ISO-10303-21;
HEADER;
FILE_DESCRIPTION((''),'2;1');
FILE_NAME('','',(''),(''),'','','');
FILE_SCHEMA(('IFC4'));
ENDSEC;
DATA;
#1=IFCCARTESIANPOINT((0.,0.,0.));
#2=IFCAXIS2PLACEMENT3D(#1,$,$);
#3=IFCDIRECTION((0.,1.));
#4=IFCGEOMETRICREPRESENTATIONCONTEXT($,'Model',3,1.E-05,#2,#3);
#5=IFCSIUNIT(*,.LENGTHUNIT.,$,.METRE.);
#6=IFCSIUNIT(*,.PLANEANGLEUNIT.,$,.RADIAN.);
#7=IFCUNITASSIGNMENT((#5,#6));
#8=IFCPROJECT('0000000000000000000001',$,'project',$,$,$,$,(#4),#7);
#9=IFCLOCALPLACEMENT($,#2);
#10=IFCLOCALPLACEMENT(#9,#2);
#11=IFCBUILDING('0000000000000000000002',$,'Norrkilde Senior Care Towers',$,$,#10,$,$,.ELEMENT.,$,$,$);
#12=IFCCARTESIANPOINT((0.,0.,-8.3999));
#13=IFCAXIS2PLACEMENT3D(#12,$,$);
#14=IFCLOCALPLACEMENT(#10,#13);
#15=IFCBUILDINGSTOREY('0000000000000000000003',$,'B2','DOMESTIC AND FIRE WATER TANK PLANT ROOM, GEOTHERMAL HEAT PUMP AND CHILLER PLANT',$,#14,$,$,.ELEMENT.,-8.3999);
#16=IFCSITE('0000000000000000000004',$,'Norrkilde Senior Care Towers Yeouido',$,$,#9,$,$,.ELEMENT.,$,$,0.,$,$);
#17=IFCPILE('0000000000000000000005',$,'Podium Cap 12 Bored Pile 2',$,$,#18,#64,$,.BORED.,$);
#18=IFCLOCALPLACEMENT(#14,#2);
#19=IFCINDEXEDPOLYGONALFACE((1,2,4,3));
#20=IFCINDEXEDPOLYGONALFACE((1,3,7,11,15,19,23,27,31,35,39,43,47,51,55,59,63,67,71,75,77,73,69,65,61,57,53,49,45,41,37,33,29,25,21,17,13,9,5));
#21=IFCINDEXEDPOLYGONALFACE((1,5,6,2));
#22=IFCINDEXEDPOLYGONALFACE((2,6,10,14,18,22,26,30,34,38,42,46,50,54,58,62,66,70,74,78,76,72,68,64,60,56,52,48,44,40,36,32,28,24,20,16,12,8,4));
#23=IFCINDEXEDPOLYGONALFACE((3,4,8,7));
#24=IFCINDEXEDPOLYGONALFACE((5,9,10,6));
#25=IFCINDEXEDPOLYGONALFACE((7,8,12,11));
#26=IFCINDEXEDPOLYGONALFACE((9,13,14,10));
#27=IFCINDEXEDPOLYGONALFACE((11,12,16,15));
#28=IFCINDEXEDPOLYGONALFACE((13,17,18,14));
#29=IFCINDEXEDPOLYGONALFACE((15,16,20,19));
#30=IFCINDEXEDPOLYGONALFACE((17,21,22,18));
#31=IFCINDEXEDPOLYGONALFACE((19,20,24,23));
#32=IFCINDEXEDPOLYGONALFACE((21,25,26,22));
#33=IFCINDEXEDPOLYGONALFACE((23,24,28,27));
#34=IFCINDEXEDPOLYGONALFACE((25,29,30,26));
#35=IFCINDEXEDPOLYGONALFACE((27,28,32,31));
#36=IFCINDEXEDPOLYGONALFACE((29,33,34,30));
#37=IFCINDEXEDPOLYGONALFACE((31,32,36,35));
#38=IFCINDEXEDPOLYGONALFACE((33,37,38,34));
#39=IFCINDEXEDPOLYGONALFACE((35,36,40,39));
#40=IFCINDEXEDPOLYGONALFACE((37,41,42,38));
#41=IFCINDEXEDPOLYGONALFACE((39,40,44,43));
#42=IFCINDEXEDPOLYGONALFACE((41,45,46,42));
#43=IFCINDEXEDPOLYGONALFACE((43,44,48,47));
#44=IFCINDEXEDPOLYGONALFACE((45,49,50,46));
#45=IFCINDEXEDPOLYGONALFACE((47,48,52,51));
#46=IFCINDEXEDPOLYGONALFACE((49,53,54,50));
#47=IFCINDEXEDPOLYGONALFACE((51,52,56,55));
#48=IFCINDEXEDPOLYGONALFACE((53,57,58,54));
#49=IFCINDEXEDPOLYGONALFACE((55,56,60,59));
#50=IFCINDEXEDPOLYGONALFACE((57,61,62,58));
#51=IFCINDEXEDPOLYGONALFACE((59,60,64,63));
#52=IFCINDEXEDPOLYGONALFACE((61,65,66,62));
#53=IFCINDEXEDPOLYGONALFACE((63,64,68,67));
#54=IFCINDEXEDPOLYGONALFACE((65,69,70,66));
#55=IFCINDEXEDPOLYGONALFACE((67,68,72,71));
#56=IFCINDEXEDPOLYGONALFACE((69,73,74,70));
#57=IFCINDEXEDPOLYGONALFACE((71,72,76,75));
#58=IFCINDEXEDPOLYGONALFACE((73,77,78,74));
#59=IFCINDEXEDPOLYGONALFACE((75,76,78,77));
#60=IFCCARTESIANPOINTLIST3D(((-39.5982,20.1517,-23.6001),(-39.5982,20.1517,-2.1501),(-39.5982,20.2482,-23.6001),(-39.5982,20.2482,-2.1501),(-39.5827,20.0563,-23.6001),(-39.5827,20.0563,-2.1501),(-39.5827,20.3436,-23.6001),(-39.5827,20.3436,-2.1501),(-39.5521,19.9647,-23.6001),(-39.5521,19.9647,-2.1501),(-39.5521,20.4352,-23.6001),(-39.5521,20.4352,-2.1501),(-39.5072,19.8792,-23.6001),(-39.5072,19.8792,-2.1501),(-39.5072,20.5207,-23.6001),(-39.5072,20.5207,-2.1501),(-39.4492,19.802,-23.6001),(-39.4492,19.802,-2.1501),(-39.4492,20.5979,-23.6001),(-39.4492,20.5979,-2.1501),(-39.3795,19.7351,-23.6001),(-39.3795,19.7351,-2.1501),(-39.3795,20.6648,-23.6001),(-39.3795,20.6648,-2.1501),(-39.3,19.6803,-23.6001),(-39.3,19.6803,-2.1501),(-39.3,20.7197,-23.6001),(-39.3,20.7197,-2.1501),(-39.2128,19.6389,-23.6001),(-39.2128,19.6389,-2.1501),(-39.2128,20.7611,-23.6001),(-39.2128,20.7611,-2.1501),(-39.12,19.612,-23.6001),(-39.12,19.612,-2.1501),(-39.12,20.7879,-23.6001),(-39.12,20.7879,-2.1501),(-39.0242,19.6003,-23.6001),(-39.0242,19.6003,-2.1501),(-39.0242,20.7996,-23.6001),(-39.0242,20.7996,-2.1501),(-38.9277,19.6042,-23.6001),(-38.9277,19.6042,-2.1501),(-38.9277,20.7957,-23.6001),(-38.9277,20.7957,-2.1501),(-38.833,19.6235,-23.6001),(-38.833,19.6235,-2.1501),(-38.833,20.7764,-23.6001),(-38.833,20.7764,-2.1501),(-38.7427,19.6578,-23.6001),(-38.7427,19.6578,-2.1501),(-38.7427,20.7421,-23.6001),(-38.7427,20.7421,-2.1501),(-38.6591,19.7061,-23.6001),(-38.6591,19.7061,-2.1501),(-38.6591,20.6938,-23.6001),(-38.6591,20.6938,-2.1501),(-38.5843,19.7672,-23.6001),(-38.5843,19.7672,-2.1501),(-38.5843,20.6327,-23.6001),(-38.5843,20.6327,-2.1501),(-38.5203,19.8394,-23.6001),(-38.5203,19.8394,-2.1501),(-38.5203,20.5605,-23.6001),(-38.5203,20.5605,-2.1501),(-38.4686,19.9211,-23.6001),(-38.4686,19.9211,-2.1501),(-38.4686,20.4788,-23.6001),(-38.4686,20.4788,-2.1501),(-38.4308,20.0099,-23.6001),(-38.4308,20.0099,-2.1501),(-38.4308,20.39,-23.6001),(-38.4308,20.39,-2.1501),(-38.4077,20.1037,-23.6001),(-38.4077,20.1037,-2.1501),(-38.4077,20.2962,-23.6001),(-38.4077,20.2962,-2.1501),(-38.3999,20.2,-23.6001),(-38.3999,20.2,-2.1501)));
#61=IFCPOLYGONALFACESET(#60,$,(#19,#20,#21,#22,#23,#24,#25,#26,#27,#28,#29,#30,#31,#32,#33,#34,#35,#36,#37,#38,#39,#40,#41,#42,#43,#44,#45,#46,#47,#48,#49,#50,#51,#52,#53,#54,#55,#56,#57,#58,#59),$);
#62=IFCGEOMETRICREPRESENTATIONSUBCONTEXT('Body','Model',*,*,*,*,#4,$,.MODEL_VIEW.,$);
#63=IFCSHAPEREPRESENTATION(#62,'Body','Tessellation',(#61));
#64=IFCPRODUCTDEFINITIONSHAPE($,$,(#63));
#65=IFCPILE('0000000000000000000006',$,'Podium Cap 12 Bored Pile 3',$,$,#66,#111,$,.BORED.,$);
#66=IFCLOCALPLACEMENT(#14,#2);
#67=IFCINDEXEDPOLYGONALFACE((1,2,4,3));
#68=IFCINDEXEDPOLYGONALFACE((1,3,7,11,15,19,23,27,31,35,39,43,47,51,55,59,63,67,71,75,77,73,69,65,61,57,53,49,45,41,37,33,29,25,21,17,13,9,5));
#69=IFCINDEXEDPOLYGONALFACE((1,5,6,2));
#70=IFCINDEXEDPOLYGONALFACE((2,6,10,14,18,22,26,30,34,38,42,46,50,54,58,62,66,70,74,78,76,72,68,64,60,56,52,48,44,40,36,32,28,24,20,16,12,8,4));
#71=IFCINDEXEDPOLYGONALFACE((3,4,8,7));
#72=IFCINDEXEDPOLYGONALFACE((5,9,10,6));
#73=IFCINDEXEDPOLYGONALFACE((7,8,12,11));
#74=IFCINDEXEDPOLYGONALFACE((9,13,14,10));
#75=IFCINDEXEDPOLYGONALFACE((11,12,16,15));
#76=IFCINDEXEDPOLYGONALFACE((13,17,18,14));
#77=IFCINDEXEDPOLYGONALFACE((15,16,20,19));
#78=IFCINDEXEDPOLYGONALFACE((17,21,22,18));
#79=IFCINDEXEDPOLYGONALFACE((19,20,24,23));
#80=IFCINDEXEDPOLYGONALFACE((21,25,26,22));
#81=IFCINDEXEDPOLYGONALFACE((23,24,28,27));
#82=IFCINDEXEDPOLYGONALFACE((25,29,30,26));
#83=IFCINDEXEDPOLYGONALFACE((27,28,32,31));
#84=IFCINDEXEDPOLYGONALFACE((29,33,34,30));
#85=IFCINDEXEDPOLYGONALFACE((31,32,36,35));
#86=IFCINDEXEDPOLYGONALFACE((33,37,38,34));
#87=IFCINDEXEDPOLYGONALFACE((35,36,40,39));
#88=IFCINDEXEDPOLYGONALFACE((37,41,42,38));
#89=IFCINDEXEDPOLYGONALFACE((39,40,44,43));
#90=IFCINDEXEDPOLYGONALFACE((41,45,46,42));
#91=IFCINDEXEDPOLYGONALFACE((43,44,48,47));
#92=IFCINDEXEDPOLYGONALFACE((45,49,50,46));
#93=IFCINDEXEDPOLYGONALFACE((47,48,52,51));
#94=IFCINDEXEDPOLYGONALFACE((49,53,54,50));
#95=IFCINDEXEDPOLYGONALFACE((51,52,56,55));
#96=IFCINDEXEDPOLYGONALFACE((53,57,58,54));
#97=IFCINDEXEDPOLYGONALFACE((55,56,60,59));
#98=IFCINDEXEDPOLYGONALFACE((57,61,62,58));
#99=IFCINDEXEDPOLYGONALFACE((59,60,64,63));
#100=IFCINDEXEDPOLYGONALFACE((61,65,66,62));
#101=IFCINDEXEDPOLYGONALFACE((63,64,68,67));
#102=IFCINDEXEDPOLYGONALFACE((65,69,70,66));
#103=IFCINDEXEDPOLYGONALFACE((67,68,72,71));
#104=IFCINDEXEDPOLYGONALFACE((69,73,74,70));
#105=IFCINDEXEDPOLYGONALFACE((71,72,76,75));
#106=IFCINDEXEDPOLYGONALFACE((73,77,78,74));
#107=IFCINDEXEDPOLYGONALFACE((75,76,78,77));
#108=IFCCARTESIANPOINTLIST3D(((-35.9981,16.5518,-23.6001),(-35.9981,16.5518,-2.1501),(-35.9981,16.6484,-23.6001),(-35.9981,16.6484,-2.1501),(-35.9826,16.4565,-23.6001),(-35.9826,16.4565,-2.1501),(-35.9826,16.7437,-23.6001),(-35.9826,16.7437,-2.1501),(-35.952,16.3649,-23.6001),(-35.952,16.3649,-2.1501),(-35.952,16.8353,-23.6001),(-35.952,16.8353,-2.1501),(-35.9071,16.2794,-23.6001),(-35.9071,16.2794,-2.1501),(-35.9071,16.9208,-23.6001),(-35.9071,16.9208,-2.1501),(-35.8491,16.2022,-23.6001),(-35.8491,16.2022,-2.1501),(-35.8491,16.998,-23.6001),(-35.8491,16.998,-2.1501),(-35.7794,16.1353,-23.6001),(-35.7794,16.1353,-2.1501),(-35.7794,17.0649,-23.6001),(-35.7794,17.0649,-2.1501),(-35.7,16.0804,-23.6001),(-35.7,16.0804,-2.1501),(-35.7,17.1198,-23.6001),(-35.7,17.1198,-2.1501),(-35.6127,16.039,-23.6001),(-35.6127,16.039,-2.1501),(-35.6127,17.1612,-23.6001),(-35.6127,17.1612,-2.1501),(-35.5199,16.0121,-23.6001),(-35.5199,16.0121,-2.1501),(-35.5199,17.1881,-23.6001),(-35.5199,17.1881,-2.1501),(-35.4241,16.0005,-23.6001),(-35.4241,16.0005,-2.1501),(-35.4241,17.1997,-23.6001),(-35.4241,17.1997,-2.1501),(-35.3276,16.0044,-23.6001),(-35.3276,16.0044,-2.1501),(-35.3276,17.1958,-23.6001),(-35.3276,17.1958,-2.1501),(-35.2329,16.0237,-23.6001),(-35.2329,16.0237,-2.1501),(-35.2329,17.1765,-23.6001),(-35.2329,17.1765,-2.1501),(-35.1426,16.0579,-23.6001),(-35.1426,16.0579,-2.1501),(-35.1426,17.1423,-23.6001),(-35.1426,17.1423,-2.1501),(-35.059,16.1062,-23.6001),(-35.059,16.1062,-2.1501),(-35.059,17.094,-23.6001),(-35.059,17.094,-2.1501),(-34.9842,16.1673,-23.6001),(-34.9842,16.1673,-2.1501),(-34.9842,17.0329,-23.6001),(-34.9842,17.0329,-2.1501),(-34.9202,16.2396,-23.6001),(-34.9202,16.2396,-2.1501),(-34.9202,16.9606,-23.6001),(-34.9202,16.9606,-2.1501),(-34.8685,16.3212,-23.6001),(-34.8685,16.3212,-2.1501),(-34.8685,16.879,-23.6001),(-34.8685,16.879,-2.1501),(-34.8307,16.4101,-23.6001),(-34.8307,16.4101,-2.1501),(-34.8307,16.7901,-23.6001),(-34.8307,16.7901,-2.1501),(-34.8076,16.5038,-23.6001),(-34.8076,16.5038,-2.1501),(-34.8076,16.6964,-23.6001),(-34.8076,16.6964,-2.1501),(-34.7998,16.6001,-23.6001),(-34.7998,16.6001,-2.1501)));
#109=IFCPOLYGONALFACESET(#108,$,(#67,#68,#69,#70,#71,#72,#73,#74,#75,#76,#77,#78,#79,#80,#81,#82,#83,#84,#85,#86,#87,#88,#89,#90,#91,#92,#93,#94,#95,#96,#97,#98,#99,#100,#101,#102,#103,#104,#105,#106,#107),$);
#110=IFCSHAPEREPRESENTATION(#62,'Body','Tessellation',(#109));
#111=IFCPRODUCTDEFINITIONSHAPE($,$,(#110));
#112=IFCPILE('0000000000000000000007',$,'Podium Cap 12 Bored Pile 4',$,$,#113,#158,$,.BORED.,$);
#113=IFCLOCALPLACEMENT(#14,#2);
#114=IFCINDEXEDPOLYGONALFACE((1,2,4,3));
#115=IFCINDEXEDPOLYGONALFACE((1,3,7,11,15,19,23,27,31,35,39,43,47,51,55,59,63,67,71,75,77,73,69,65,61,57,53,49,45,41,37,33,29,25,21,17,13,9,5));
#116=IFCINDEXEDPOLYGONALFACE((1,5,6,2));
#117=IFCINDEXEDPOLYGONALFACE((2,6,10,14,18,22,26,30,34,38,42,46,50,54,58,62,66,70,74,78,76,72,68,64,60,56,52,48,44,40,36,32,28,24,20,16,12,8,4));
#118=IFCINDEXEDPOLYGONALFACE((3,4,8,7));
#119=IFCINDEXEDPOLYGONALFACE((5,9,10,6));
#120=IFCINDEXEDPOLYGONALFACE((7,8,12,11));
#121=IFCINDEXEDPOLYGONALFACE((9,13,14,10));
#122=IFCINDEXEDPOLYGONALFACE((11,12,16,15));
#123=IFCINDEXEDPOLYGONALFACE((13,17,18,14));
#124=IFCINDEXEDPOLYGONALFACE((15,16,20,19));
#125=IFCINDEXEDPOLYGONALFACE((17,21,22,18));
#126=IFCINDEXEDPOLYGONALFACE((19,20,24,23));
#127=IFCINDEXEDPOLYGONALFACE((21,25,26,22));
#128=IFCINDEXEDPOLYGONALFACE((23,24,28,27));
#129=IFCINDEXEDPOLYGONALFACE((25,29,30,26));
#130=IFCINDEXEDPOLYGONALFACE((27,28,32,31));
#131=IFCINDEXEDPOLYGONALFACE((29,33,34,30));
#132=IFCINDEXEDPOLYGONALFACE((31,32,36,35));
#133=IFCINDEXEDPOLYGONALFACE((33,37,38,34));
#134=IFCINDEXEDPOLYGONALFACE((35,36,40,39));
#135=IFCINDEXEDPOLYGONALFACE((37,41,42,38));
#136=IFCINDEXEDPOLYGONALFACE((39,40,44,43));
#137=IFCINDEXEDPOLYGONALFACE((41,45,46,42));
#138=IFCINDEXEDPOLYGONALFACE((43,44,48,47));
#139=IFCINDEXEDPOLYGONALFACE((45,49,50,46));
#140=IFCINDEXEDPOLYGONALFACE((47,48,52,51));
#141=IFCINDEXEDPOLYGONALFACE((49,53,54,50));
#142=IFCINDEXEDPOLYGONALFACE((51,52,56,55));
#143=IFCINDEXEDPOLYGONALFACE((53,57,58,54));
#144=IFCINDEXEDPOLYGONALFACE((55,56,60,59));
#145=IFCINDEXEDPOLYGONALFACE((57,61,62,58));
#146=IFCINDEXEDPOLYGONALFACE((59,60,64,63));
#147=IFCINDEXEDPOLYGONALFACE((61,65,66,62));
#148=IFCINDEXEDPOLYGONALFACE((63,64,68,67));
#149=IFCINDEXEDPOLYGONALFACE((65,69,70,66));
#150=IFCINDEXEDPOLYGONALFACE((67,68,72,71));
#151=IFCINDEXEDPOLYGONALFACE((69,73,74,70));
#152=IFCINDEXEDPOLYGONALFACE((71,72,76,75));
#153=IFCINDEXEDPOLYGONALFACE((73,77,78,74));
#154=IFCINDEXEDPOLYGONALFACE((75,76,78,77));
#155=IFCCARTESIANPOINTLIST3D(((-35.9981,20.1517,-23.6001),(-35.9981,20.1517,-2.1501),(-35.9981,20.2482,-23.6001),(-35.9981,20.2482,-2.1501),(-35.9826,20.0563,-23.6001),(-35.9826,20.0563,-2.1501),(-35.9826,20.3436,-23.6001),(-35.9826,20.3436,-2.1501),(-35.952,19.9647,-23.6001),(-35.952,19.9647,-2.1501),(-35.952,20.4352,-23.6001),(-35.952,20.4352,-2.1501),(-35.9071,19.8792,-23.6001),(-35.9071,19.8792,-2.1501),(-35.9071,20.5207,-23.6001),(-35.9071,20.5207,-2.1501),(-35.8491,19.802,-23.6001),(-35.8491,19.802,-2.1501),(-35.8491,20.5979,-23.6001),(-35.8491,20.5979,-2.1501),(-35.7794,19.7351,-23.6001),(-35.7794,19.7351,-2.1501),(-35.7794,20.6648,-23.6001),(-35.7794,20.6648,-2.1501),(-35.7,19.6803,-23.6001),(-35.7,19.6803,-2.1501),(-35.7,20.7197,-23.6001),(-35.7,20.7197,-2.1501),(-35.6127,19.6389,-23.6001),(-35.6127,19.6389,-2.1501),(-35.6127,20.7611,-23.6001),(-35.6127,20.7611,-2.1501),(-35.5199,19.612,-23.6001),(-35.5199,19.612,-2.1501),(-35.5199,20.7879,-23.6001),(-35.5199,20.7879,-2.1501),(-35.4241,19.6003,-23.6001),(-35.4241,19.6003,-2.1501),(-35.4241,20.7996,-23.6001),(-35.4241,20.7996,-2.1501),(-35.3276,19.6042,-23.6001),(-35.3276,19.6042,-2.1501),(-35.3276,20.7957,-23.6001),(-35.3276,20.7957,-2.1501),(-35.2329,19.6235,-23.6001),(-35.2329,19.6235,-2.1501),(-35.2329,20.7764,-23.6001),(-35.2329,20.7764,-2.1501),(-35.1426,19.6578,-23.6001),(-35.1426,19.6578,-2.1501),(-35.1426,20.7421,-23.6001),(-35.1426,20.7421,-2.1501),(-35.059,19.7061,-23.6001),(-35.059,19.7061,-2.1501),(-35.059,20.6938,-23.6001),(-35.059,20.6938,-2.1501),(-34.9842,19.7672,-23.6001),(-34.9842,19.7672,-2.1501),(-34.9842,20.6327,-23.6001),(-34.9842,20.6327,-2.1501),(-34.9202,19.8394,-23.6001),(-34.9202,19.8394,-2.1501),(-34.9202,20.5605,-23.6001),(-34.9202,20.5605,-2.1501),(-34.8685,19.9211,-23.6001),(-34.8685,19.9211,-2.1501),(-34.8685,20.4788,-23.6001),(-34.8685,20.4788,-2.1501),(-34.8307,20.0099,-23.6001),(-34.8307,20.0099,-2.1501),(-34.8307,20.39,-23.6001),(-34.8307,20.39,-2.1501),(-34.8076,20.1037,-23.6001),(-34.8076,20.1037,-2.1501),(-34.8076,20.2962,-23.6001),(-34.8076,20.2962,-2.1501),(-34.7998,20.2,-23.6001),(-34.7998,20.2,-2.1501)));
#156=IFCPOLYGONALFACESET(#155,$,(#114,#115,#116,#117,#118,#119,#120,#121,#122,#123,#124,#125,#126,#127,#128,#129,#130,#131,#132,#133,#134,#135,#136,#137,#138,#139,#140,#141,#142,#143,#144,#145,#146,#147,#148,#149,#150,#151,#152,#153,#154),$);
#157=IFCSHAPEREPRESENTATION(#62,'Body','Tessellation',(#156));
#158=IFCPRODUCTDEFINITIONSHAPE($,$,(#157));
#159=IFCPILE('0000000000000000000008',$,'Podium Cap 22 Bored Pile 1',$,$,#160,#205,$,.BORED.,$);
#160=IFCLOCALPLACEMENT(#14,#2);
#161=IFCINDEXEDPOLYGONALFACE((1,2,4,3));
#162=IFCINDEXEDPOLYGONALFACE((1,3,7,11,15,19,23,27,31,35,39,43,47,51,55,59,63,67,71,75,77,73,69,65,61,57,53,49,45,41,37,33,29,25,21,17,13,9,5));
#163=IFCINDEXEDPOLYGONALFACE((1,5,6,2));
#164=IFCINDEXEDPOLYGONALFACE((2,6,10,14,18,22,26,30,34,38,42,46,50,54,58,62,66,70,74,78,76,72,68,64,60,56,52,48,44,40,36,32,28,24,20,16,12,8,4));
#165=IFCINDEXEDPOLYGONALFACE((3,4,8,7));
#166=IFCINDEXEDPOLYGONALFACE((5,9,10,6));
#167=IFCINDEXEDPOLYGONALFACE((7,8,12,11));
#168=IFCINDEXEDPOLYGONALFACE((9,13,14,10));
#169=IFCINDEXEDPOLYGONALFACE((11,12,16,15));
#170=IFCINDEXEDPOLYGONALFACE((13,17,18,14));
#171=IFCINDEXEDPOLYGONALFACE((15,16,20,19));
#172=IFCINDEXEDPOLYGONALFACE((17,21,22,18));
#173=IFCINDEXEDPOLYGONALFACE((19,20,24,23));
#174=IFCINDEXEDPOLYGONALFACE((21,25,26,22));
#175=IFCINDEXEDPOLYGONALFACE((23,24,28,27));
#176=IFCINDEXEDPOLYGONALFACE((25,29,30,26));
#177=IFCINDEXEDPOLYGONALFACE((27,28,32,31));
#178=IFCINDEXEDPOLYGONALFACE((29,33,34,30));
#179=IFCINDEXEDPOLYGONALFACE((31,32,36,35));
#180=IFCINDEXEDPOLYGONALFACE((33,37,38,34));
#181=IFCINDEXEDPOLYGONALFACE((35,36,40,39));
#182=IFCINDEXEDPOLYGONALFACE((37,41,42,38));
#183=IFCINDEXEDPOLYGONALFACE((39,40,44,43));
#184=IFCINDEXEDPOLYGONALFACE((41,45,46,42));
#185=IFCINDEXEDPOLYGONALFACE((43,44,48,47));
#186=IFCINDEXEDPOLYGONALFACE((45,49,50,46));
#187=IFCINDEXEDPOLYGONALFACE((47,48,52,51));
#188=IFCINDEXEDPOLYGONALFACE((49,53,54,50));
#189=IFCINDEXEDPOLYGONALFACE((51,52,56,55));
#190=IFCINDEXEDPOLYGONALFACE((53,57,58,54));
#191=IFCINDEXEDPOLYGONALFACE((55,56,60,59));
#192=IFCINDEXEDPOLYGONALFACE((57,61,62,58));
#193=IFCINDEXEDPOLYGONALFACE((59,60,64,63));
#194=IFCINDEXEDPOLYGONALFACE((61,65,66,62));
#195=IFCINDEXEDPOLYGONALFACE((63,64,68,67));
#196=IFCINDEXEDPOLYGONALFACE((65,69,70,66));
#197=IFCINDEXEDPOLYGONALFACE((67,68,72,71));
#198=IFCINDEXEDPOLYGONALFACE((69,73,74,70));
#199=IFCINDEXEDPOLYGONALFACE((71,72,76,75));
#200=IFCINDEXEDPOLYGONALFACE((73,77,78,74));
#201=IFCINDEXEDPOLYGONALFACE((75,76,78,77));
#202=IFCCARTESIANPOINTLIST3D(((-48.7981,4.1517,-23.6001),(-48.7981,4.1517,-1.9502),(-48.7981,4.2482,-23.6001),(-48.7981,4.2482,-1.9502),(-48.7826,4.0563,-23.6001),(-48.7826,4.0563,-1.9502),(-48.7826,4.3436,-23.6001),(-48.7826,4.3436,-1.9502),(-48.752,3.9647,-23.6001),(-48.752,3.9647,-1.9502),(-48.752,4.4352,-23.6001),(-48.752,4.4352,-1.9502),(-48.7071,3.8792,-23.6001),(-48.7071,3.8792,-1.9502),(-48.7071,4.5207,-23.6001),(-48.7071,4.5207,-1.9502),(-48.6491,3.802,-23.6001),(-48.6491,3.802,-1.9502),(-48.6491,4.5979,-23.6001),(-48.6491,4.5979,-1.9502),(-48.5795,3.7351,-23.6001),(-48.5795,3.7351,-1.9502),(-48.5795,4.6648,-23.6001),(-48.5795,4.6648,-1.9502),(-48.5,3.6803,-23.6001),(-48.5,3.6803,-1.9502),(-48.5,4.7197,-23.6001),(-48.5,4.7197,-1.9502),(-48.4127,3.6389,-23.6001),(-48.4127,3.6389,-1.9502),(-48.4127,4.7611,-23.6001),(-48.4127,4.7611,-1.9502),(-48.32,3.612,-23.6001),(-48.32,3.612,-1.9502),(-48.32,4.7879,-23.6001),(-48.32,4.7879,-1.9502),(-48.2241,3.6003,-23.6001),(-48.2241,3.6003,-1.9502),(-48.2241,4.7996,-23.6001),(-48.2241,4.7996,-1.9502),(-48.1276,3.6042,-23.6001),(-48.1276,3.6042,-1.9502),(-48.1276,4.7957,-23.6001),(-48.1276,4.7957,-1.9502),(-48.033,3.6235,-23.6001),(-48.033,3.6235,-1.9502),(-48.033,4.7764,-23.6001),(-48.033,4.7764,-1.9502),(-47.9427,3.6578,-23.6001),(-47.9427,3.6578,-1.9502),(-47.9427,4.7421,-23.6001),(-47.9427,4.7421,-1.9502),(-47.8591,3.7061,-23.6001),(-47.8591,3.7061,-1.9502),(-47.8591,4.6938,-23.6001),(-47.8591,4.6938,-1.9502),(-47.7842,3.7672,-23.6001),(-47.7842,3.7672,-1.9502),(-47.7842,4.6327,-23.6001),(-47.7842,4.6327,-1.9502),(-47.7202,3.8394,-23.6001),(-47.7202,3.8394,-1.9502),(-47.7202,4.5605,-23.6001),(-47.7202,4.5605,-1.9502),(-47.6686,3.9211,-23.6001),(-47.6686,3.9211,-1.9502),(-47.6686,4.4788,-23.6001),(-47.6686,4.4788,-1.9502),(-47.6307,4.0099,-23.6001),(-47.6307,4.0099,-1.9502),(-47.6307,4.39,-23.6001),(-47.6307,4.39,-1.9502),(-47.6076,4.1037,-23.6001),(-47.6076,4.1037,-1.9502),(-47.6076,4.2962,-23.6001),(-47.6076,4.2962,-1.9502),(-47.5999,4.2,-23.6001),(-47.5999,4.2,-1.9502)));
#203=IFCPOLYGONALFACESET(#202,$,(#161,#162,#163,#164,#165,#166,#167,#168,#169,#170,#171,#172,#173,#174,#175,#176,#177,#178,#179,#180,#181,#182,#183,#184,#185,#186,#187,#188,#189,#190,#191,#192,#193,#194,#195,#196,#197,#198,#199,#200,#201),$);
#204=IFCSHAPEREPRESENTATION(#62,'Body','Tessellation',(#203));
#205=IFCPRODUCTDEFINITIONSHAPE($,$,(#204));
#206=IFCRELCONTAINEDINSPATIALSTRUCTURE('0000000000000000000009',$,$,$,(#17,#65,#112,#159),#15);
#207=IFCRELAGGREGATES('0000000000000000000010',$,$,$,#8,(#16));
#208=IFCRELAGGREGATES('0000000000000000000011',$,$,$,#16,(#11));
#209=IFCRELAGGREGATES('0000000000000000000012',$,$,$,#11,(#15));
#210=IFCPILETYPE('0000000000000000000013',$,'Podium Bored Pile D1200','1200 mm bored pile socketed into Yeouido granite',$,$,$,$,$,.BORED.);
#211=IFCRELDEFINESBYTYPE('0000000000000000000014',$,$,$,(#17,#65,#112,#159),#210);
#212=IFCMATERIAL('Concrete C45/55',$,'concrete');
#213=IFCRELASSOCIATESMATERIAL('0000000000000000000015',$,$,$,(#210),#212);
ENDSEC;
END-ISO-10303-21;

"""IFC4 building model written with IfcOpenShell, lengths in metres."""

from ifc_helpers import new_model, si_unit, direction, frame, origin, origin_2d, place, context, subcontext, project, spatial, circle, extrude, source, transform, mapped, material, material_profile, profile_set, type_object, type_shapes, element, save


model = new_model("IFC4")

# Units and contexts
model_context = context("Model", 3, precision=1e-05, world=origin(), true_north=direction((0.0, 1.0)))
body_context = subcontext(model_context, "Body", "Model", "MODEL_VIEW")
ifc_project = project(units=[si_unit("LENGTHUNIT", "METRE"), si_unit("PLANEANGLEUNIT", "RADIAN")], contexts=[model_context])

# Site, building, storey
site_placement = place(None, origin())
site = spatial("IfcSite", under=ifc_project, at=site_placement, Name="Norrkilde Senior Care Towers Yeouido", CompositionType="ELEMENT", RefElevation=0.0)
building_placement = place(site_placement, origin())
building = spatial("IfcBuilding", under=site, at=building_placement, Name="Norrkilde Senior Care Towers", CompositionType="ELEMENT")
storey_placement = place(building_placement, frame((0.0, 0.0, -8.3999)))
storey = spatial("IfcBuildingStorey", under=building, at=storey_placement, Name="B2", Description="DOMESTIC AND FIRE WATER TANK PLANT ROOM, GEOTHERMAL HEAT PUMP AND CHILLER PLANT", CompositionType="ELEMENT", Elevation=-8.3999)

# Piles
ifc_material_1 = material(Name="Concrete C45/55", Category="concrete")
ifc_material_profile_1 = material_profile(ifc_material_1, circle(Radius=0.6001, at=origin_2d()), Name="BORED PILE 1200")
ifc_profile_set_1 = profile_set([ifc_material_profile_1], Name="Concrete C45/55")
pile_type_1 = type_object("IfcPileType", Name="Podium Bored Pile D1200", Description="1200 mm bored pile socketed into Yeouido granite", PredefinedType="BORED", material=ifc_profile_set_1)
shared_shape_1 = source(origin(), body_context, "Body", "SweptSolid", [
    extrude(circle(Radius=0.6001, at=origin_2d()), origin(), (0.0, 0.0, 1.0), 21.45),
])
for number, where, z_axis, x_axis, name in (
    (1, (-39.0, 20.2, -2.1501), (0.0, 0.0, -1.0), (1.0, 0.0, 0.0), "Podium Cap 12 Bored Pile 2"),
    (2, (-35.3999, 16.6001, -2.1501), (0.0, 0.0, -1.0), (1.0, 0.0, 0.0), "Podium Cap 12 Bored Pile 3"),
    (3, (-35.3999, 20.2, -2.1501), (0.0, 0.0, -1.0), (1.0, 0.0, 0.0), "Podium Cap 12 Bored Pile 4"),
):
    element("IfcPile", number, at=place(storey_placement, frame(where, z_axis=z_axis, x_axis=x_axis)), inside=storey, type_object=pile_type_1, Name=name, PredefinedType="BORED", context=body_context, shape_type="MappedRepresentation", body=[
        mapped(shared_shape_1, transform((0.0, 0.0, 0.0), x_axis=(1.0, 0.0, 0.0), y_axis=(0.0, 1.0, 0.0), z_axis=(0.0, 0.0, 1.0), scale=1.0)),
    ])
shared_shape_2 = source(origin(), body_context, "Body", "SweptSolid", [
    extrude(circle(Radius=0.6001, at=origin_2d()), origin(), (0.0, 0.0, 1.0), 21.6499),
])
type_shapes(pile_type_1, [shared_shape_1, shared_shape_2])
for number, where, z_axis, x_axis, name in (
    (4, (-48.2, 4.2, -1.9502), (0.0, 0.0, -1.0), (1.0, 0.0, 0.0), "Podium Cap 22 Bored Pile 1"),
):
    element("IfcPile", number, at=place(storey_placement, frame(where, z_axis=z_axis, x_axis=x_axis)), inside=storey, type_object=pile_type_1, Name=name, PredefinedType="BORED", context=body_context, shape_type="MappedRepresentation", body=[
        mapped(shared_shape_2, transform((0.0, 0.0, 0.0), x_axis=(1.0, 0.0, 0.0), y_axis=(0.0, 1.0, 0.0), z_axis=(0.0, 0.0, 1.0), scale=1.0)),
    ])

save(model, "model.ifc")
